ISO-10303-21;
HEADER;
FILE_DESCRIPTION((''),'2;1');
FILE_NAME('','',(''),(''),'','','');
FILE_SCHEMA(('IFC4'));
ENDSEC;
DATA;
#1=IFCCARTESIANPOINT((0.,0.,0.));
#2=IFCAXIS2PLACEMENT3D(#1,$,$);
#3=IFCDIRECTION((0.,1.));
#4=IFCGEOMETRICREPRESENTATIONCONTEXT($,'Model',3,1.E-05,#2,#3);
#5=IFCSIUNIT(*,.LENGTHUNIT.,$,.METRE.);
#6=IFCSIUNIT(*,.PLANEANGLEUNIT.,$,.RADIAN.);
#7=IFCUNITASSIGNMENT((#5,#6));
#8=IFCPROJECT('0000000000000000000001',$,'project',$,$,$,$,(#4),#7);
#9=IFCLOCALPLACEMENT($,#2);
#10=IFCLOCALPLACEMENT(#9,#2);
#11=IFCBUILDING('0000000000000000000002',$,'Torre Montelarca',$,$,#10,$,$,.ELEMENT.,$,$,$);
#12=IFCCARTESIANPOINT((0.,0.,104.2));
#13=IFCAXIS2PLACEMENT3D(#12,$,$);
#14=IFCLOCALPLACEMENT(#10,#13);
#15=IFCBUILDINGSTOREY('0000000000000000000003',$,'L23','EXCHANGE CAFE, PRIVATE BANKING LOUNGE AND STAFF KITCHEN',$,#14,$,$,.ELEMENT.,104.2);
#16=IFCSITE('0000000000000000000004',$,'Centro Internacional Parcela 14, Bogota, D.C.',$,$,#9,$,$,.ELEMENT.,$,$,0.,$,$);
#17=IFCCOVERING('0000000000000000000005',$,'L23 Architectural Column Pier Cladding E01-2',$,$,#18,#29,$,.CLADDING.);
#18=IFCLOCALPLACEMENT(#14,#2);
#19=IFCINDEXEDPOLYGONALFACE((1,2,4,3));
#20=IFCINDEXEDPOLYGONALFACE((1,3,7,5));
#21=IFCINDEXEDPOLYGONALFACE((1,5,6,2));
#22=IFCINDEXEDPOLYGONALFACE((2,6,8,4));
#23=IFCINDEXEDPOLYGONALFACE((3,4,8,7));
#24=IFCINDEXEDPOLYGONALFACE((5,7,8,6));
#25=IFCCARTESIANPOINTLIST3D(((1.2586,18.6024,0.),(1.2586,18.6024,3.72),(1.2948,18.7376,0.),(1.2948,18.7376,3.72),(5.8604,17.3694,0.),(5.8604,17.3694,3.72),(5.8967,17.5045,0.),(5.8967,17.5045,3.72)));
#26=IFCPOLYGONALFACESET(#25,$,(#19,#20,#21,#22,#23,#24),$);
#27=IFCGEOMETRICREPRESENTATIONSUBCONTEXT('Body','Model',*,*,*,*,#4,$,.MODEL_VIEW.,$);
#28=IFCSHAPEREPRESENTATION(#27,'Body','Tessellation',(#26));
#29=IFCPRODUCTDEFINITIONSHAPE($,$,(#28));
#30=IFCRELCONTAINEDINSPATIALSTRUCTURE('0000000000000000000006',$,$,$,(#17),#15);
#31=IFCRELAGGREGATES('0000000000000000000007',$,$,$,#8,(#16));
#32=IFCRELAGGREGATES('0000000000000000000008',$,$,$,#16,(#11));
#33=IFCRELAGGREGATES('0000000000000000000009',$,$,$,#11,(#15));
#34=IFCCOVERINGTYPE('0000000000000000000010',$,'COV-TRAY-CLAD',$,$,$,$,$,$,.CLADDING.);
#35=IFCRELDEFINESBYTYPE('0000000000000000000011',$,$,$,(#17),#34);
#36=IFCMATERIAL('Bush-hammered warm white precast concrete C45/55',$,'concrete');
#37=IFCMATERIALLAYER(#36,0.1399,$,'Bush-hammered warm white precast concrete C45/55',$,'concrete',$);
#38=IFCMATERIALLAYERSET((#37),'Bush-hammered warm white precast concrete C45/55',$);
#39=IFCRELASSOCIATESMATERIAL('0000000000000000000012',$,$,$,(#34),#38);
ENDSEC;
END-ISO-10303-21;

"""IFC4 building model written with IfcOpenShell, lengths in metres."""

from ifc_helpers import new_model, si_unit, direction, frame, origin, origin_2d, place, context, subcontext, project, spatial, rectangle, extrude, source, transform, mapped, material, layer, layer_set, type_object, element, save


model = new_model("IFC4")

# Units and contexts
model_context = context("Model", 3, precision=1e-05, world=origin(), true_north=direction((0.0, 1.0)))
body_context = subcontext(model_context, "Body", "Model", "MODEL_VIEW")
ifc_project = project(units=[si_unit("LENGTHUNIT", "METRE"), si_unit("PLANEANGLEUNIT", "RADIAN")], contexts=[model_context])

# Site, building, storey
site_placement = place(None, origin())
site = spatial("IfcSite", under=ifc_project, at=site_placement, Name="Centro Internacional Parcela 14, Bogota, D.C.", CompositionType="ELEMENT", RefElevation=0.0)
building_placement = place(site_placement, origin())
building = spatial("IfcBuilding", under=site, at=building_placement, Name="Torre Montelarca", CompositionType="ELEMENT")
storey_placement = place(building_placement, frame((0.0, 0.0, 104.2)))
storey = spatial("IfcBuildingStorey", under=building, at=storey_placement, Name="L23", Description="EXCHANGE CAFE, PRIVATE BANKING LOUNGE AND STAFF KITCHEN", CompositionType="ELEMENT", Elevation=104.2)

# Covering
ifc_material_1 = material(Name="Bush-hammered warm white precast concrete C45/55", Category="concrete")
ifc_layer_1 = layer(ifc_material_1, 0.1399, Name="Bush-hammered warm white precast concrete C45/55", Category="concrete")
ifc_layer_set_1 = layer_set([ifc_layer_1], Name="Bush-hammered warm white precast concrete C45/55")
covering_type = type_object("IfcCoveringType", Name="COV-TRAY-CLAD", PredefinedType="CLADDING", material=ifc_layer_set_1)
shared_shape_1 = source(origin(), body_context, "Body", "SweptSolid", [
    extrude(rectangle(XDim=4.7642, YDim=0.1399, at=origin_2d()), origin(), (0.0, 0.0, 1.0), 3.72),
])
covering_1_placement = place(storey_placement, frame((3.5776, 18.0535, 0.0), z_axis=(0.0, 0.0, 1.0), x_axis=(0.965926, -0.258819, 0.0)))
element("IfcCovering", 1, at=covering_1_placement, inside=storey, type_object=covering_type, Name="L23 Architectural Column Pier Cladding E01-2", PredefinedType="CLADDING", context=body_context, shape_type="MappedRepresentation", body=[
    mapped(shared_shape_1, transform((0.0, 0.0, 0.0), scale=1.0)),
])

save(model, "model.ifc")
